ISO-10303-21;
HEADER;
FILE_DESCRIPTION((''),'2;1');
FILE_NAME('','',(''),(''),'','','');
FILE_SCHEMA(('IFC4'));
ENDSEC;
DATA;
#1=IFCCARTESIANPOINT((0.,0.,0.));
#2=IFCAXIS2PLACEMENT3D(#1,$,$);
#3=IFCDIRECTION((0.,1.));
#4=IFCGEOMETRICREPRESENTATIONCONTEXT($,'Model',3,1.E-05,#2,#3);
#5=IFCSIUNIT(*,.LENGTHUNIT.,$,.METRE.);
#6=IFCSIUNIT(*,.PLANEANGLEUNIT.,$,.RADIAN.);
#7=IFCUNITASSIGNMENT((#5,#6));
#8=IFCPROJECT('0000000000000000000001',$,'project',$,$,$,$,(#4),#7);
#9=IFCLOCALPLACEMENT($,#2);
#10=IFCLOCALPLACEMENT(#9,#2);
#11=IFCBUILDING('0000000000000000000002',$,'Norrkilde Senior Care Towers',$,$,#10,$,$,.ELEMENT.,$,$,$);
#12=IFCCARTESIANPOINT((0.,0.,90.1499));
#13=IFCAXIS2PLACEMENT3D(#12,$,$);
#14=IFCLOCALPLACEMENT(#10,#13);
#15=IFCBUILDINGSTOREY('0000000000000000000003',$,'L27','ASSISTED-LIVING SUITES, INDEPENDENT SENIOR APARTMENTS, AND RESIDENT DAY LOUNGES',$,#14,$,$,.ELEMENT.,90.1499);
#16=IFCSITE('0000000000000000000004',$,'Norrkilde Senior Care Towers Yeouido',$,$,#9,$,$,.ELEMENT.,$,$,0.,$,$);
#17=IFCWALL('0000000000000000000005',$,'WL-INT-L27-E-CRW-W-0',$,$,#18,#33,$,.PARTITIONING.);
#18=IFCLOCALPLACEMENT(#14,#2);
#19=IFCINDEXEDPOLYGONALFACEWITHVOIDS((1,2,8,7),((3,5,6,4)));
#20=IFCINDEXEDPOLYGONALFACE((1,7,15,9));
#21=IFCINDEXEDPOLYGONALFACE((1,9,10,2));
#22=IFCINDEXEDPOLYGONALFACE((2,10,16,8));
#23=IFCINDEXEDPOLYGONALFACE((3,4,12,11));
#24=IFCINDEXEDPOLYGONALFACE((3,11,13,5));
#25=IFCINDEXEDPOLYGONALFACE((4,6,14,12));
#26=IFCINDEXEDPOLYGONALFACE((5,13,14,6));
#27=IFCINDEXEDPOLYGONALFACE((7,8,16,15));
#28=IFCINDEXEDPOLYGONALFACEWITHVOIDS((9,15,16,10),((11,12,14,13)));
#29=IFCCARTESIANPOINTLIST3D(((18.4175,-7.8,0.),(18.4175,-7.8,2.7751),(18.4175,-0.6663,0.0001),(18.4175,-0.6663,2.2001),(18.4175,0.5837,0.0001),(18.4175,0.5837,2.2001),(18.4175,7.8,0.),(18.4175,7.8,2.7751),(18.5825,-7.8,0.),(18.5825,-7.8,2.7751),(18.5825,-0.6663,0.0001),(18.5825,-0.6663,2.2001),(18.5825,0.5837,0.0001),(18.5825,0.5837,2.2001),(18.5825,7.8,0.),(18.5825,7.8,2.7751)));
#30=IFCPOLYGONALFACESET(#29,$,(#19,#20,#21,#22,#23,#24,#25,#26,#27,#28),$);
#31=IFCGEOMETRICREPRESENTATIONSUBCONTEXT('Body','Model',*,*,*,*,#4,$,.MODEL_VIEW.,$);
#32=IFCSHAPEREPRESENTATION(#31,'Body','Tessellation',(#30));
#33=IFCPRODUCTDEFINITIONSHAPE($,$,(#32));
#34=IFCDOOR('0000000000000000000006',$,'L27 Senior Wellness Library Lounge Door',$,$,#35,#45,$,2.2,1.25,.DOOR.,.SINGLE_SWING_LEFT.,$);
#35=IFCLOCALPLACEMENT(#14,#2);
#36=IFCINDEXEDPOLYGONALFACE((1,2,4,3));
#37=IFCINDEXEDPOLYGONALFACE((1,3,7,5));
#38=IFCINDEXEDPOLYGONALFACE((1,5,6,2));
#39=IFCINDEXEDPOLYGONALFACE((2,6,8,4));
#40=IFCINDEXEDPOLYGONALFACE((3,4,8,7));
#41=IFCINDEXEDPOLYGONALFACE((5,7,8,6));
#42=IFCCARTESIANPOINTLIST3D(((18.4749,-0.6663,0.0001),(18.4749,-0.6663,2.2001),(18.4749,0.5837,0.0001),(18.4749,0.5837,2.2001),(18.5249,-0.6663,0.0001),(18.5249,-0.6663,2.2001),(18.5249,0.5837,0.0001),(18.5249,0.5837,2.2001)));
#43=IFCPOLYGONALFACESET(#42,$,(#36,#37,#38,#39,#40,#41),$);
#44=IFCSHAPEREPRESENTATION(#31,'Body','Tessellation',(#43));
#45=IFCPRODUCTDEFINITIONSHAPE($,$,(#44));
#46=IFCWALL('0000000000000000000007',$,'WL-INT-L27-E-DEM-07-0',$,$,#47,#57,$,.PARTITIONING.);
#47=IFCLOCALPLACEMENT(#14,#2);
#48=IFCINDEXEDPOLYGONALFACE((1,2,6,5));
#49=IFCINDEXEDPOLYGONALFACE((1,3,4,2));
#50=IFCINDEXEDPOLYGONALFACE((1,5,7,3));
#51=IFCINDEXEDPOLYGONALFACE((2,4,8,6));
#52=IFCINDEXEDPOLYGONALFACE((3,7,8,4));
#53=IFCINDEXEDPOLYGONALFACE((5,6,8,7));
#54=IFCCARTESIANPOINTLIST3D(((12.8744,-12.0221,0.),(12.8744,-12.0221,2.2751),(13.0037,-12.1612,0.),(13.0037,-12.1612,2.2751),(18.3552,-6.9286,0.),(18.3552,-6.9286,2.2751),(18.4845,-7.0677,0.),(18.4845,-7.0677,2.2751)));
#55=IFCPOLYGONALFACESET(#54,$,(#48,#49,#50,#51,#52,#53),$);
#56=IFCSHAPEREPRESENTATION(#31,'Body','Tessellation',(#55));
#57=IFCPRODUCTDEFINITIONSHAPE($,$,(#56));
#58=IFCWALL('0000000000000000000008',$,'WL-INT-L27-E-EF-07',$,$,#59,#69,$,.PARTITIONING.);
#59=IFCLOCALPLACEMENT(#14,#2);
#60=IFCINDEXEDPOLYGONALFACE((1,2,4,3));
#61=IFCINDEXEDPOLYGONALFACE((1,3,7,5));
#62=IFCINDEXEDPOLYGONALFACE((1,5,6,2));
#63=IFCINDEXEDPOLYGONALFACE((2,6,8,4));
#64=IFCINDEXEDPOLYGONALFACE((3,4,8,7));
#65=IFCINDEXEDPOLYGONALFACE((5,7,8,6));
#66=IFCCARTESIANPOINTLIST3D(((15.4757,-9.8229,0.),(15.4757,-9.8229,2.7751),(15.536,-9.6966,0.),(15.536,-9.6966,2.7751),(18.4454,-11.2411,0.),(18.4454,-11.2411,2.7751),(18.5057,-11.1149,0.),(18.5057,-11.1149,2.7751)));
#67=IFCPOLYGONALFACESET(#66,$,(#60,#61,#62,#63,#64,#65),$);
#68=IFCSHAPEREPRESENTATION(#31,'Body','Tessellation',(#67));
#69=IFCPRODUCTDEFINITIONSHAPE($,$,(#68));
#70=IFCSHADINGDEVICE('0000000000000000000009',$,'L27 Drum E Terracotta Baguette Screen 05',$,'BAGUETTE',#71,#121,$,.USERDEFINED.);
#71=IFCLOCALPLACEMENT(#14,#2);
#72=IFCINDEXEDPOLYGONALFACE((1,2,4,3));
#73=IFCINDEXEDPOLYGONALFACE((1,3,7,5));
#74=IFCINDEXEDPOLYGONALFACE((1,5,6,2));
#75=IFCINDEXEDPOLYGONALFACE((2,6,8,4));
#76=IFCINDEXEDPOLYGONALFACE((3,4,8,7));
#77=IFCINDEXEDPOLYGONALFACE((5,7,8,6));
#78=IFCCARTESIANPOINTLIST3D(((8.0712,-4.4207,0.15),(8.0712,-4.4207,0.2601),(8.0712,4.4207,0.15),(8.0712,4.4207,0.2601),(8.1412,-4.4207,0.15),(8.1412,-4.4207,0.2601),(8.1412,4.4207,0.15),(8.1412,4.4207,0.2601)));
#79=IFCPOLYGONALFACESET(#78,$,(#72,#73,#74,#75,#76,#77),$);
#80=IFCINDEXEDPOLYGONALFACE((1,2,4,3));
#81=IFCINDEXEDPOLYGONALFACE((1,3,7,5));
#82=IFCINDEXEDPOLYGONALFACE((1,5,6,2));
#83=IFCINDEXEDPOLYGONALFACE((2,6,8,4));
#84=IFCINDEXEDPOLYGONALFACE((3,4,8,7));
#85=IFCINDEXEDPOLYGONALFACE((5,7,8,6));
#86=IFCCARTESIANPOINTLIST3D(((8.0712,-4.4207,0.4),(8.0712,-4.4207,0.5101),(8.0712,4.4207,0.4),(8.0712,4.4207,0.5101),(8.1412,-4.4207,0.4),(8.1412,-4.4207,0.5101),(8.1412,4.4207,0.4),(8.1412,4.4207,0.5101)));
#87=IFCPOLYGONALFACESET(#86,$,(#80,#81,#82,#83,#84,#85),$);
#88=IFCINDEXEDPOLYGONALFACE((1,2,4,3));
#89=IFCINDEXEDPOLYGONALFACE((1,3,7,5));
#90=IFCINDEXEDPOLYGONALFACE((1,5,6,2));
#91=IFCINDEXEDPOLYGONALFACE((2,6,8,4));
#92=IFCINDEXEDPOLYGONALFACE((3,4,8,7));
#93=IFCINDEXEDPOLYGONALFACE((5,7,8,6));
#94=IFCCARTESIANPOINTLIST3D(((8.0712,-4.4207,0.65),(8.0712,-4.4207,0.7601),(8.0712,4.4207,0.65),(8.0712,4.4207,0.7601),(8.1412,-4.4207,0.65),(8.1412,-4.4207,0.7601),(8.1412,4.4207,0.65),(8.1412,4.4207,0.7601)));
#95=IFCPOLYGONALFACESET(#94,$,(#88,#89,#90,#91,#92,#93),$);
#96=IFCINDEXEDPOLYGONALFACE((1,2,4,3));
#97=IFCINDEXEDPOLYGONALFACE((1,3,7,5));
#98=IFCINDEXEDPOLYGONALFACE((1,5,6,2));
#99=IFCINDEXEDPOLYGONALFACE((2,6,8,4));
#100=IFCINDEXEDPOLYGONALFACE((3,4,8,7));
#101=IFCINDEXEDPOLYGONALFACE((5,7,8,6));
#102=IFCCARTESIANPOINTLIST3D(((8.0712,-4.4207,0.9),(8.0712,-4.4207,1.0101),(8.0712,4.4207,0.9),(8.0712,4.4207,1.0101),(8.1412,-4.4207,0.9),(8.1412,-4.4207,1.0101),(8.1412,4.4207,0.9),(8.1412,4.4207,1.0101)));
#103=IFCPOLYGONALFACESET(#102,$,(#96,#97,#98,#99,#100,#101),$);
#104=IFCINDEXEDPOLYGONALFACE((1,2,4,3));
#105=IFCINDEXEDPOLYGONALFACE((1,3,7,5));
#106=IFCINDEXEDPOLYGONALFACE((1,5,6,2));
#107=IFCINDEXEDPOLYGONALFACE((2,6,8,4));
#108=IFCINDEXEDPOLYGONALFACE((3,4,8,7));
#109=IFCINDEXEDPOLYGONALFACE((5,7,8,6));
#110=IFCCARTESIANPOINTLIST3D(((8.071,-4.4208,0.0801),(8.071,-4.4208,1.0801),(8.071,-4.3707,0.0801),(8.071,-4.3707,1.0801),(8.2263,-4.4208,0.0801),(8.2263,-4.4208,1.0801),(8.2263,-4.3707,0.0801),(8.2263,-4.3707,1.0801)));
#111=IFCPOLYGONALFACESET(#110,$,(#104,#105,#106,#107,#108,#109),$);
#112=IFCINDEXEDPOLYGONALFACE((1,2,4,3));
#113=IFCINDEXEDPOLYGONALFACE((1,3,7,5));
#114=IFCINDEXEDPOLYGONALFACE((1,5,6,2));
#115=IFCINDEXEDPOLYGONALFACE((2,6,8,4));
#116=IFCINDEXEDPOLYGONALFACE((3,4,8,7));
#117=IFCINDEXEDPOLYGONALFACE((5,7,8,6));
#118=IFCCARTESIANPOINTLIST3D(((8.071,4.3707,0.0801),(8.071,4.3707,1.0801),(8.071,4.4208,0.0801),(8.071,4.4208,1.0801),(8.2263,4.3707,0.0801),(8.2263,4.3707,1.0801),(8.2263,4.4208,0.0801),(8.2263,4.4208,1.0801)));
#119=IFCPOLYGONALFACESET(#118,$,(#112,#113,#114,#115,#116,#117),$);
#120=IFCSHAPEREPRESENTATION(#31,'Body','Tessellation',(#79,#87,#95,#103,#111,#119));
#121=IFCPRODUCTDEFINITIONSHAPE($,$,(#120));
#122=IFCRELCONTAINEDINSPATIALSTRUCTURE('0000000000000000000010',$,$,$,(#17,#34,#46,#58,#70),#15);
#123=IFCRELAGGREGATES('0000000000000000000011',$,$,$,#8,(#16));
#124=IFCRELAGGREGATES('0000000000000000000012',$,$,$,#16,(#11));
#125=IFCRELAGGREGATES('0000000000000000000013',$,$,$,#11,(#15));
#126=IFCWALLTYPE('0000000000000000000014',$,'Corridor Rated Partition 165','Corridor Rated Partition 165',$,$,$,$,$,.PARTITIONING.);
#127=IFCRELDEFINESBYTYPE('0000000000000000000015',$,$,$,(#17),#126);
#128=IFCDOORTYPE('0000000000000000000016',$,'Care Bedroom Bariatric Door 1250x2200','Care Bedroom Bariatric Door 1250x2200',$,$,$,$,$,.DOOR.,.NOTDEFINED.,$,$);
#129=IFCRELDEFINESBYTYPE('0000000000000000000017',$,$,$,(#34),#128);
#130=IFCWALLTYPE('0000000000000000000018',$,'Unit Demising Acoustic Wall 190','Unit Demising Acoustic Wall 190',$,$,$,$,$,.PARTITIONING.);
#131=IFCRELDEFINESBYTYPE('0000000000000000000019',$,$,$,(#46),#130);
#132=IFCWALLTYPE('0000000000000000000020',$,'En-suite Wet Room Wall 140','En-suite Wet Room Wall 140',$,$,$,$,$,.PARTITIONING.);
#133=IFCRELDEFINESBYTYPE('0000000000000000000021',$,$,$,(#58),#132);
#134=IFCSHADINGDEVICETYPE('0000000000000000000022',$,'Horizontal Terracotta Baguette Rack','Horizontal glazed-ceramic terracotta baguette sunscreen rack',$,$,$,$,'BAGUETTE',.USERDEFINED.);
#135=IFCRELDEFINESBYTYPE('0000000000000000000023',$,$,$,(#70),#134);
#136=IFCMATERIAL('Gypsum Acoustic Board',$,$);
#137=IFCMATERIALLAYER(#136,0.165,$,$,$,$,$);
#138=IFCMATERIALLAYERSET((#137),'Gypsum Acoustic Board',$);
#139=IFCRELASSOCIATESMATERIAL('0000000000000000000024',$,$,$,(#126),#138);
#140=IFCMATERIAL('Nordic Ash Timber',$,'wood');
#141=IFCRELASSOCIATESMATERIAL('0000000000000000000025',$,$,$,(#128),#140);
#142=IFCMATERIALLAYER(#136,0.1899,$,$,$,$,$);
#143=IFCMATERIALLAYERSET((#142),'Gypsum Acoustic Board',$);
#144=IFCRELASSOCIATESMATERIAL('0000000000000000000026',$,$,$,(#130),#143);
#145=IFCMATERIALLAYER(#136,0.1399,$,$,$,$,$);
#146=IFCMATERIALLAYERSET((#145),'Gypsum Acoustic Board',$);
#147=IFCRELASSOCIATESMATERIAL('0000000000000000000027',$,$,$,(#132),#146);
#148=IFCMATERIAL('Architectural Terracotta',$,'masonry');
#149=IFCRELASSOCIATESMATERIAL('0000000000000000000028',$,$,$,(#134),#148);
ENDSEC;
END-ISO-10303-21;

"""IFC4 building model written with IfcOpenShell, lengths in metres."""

from ifc_helpers import new_model, si_unit, direction, frame, frame_2d, origin, origin_2d, place, context, subcontext, project, spatial, rectangle, extrude, source, transform, mapped, material, layer, layer_set, type_object, type_shapes, element, fill, save


model = new_model("IFC4")

# Units and contexts
model_context = context("Model", 3, precision=1e-05, world=origin(), true_north=direction((0.0, 1.0)))
body_context = subcontext(model_context, "Body", "Model", "MODEL_VIEW")
ifc_project = project(units=[si_unit("LENGTHUNIT", "METRE"), si_unit("PLANEANGLEUNIT", "RADIAN")], contexts=[model_context])

# Site, building, storey
site_placement = place(None, origin())
site = spatial("IfcSite", under=ifc_project, at=site_placement, Name="Norrkilde Senior Care Towers Yeouido", CompositionType="ELEMENT", RefElevation=0.0)
building_placement = place(site_placement, origin())
building = spatial("IfcBuilding", under=site, at=building_placement, Name="Norrkilde Senior Care Towers", CompositionType="ELEMENT")
storey_placement = place(building_placement, frame((0.0, 0.0, 90.1499)))
storey = spatial("IfcBuildingStorey", under=building, at=storey_placement, Name="L27", Description="ASSISTED-LIVING SUITES, INDEPENDENT SENIOR APARTMENTS, AND RESIDENT DAY LOUNGES", CompositionType="ELEMENT", Elevation=90.1499)

# Wall, opening, door
ifc_material_1 = material(Name="Gypsum Acoustic Board")
ifc_layer_1 = layer(ifc_material_1, 0.165)
ifc_layer_set_1 = layer_set([ifc_layer_1], Name="Gypsum Acoustic Board")
wall_type_1 = type_object("IfcWallType", Name="Corridor Rated Partition 165", Description="Corridor Rated Partition 165", PredefinedType="PARTITIONING", material=ifc_layer_set_1)
shared_shape_1 = source(origin(), body_context, "Body", "SweptSolid", [
    extrude(rectangle(XDim=15.6001, YDim=0.165, at=frame_2d((7.8, 0.0))), origin(), (0.0, 0.0, 1.0), 2.7751),
])
type_shapes(wall_type_1, [shared_shape_1])
wall_1_placement = place(storey_placement, frame((18.5, -7.8, 0.0), z_axis=(0.0, 0.0, 1.0), x_axis=(0.0, 1.0, 0.0)))
wall_1 = element("IfcWall", 1, at=wall_1_placement, inside=storey, type_object=wall_type_1, Name="WL-INT-L27-E-CRW-W-0", PredefinedType="PARTITIONING", context=body_context, shape_type="MappedRepresentation", body=[
    mapped(shared_shape_1, transform((0.0, 0.0, 0.0), x_axis=(1.0, 0.0, 0.0), y_axis=(0.0, 1.0, 0.0), z_axis=(0.0, 0.0, 1.0), scale=1.0)),
])
opening_1_placement = place(wall_1_placement, frame((7.1338, 0.0, 0.0)))
opening_1 = element("IfcOpeningElement", 2, at=opening_1_placement, cuts=wall_1, PredefinedType="OPENING", context=body_context, shape_type="SweptSolid", body=[
    extrude(rectangle(XDim=1.25, YDim=2.2, at=frame_2d((0.625, 1.1001))), frame((0.0, 0.0925, 0.0), z_axis=(0.0, -1.0, 0.0), x_axis=(1.0, 0.0, 0.0)), (0.0, 0.0, 1.0), 0.1851),
])
ifc_material_2 = material(Name="Nordic Ash Timber", Category="wood")
door_type_1 = type_object("IfcDoorType", Name="Care Bedroom Bariatric Door 1250x2200", Description="Care Bedroom Bariatric Door 1250x2200", OperationType="NOTDEFINED", PredefinedType="DOOR", material=ifc_material_2)
shared_shape_2 = source(origin(), body_context, "Body", "SweptSolid", [
    extrude(rectangle(XDim=1.25, YDim=2.2, at=frame_2d((0.625, 1.1001))), frame((0.0, 0.0249, 0.0), z_axis=(0.0, -1.0, 0.0), x_axis=(1.0, 0.0, 0.0)), (0.0, 0.0, 1.0), 0.05),
])
type_shapes(door_type_1, [shared_shape_2])
door_1_placement = place(opening_1_placement, frame((1.25, 0.0, 0.0), z_axis=(0.0, 0.0, 1.0), x_axis=(-1.0, 0.0, 0.0)))
door_1 = element("IfcDoor", 3, at=door_1_placement, inside=storey, type_object=door_type_1, Name="L27 Senior Wellness Library Lounge Door", OperationType="SINGLE_SWING_LEFT", OverallHeight=2.2, OverallWidth=1.25, PredefinedType="DOOR", context=body_context, shape_type="MappedRepresentation", body=[
    mapped(shared_shape_2, transform((0.0, 0.0, 0.0), x_axis=(1.0, 0.0, 0.0), y_axis=(0.0, 1.0, 0.0), z_axis=(0.0, 0.0, 1.0), scale=1.0)),
])
fill(opening_1, door_1)

# Walls
ifc_layer_2 = layer(ifc_material_1, 0.1899)
ifc_layer_set_2 = layer_set([ifc_layer_2], Name="Gypsum Acoustic Board")
wall_type_2 = type_object("IfcWallType", Name="Unit Demising Acoustic Wall 190", Description="Unit Demising Acoustic Wall 190", PredefinedType="PARTITIONING", material=ifc_layer_set_2)
shared_shape_3 = source(origin(), body_context, "Body", "SweptSolid", [
    extrude(rectangle(XDim=7.4822, YDim=0.1899, at=frame_2d((3.7412, 0.0))), origin(), (0.0, 0.0, 1.0), 2.2751),
])
type_shapes(wall_type_2, [shared_shape_3])
wall_2_placement = place(storey_placement, frame((18.4199, -6.998, 0.0), z_axis=(0.0, 0.0, 1.0), x_axis=(-0.732509, -0.680758, 0.0)))
element("IfcWall", 4, at=wall_2_placement, inside=storey, type_object=wall_type_2, Name="WL-INT-L27-E-DEM-07-0", PredefinedType="PARTITIONING", context=body_context, shape_type="MappedRepresentation", body=[
    mapped(shared_shape_3, transform((0.0, 0.0, 0.0), x_axis=(1.0, 0.0, 0.0), y_axis=(0.0, 1.0, 0.0), z_axis=(0.0, 0.0, 1.0), scale=1.0)),
])
ifc_layer_3 = layer(ifc_material_1, 0.1399)
ifc_layer_set_3 = layer_set([ifc_layer_3], Name="Gypsum Acoustic Board")
wall_type_3 = type_object("IfcWallType", Name="En-suite Wet Room Wall 140", Description="En-suite Wet Room Wall 140", PredefinedType="PARTITIONING", material=ifc_layer_set_3)
shared_shape_4 = source(origin(), body_context, "Body", "SweptSolid", [
    extrude(rectangle(XDim=3.291, YDim=0.1399, at=frame_2d((1.6455, 0.0))), origin(), (0.0, 0.0, 1.0), 2.7751),
])
type_shapes(wall_type_3, [shared_shape_4])
wall_3_placement = place(storey_placement, frame((18.4756, -11.178, 0.0), z_axis=(0.0, 0.0, 1.0), x_axis=(-0.902381, 0.430938, 0.0)))
element("IfcWall", 5, at=wall_3_placement, inside=storey, type_object=wall_type_3, Name="WL-INT-L27-E-EF-07", PredefinedType="PARTITIONING", context=body_context, shape_type="MappedRepresentation", body=[
    mapped(shared_shape_4, transform((0.0, 0.0, 0.0), x_axis=(1.0, 0.0, 0.0), y_axis=(0.0, 1.0, 0.0), z_axis=(0.0, 0.0, 1.0), scale=1.0)),
])

# Shading device
ifc_material_3 = material(Name="Architectural Terracotta", Category="masonry")
shading_device_type = type_object("IfcShadingDeviceType", Name="Horizontal Terracotta Baguette Rack", Description="Horizontal glazed-ceramic terracotta baguette sunscreen rack", ElementType="BAGUETTE", PredefinedType="USERDEFINED", material=ifc_material_3)
shared_shape_5 = source(origin(), body_context, "Body", "SweptSolid", [
    extrude(rectangle(XDim=0.0701, YDim=0.1101, at=origin_2d()), frame((0.0, 0.0901, 0.125), z_axis=(1.0, 0.0, 0.0), x_axis=(0.0, 1.0, 0.0)), (0.0, 0.0, 1.0), 8.8413),
    extrude(rectangle(XDim=0.0701, YDim=0.1101, at=origin_2d()), frame((0.0, 0.0901, 0.375), z_axis=(1.0, 0.0, 0.0), x_axis=(0.0, 1.0, 0.0)), (0.0, 0.0, 1.0), 8.8413),
    extrude(rectangle(XDim=0.0701, YDim=0.1101, at=origin_2d()), frame((0.0, 0.0901, 0.625), z_axis=(1.0, 0.0, 0.0), x_axis=(0.0, 1.0, 0.0)), (0.0, 0.0, 1.0), 8.8413),
    extrude(rectangle(XDim=0.0701, YDim=0.1101, at=origin_2d()), frame((0.0, 0.0901, 0.875), z_axis=(1.0, 0.0, 0.0), x_axis=(0.0, 1.0, 0.0)), (0.0, 0.0, 1.0), 8.8413),
    extrude(rectangle(XDim=0.05, YDim=0.1553, at=origin_2d()), frame((0.0249, 0.0476, 0.0)), (0.0, 0.0, 1.0), 1.0),
    extrude(rectangle(XDim=0.05, YDim=0.1553, at=origin_2d()), frame((8.8164, 0.0476, 0.0)), (0.0, 0.0, 1.0), 1.0),
])
type_shapes(shading_device_type, [shared_shape_5])
shading_device_placement = place(storey_placement, frame((8.1963, -4.4207, 0.0801), z_axis=(0.0, 0.0, 1.0), x_axis=(0.0, 1.0, 0.0)))
element("IfcShadingDevice", 6, at=shading_device_placement, inside=storey, type_object=shading_device_type, Name="L27 Drum E Terracotta Baguette Screen 05", ObjectType="BAGUETTE", PredefinedType="USERDEFINED", context=body_context, shape_type="MappedRepresentation", body=[
    mapped(shared_shape_5, transform((0.0, 0.0, 0.0), x_axis=(1.0, 0.0, 0.0), y_axis=(0.0, 1.0, 0.0), z_axis=(0.0, 0.0, 1.0), scale=1.0)),
])

save(model, "model.ifc")
